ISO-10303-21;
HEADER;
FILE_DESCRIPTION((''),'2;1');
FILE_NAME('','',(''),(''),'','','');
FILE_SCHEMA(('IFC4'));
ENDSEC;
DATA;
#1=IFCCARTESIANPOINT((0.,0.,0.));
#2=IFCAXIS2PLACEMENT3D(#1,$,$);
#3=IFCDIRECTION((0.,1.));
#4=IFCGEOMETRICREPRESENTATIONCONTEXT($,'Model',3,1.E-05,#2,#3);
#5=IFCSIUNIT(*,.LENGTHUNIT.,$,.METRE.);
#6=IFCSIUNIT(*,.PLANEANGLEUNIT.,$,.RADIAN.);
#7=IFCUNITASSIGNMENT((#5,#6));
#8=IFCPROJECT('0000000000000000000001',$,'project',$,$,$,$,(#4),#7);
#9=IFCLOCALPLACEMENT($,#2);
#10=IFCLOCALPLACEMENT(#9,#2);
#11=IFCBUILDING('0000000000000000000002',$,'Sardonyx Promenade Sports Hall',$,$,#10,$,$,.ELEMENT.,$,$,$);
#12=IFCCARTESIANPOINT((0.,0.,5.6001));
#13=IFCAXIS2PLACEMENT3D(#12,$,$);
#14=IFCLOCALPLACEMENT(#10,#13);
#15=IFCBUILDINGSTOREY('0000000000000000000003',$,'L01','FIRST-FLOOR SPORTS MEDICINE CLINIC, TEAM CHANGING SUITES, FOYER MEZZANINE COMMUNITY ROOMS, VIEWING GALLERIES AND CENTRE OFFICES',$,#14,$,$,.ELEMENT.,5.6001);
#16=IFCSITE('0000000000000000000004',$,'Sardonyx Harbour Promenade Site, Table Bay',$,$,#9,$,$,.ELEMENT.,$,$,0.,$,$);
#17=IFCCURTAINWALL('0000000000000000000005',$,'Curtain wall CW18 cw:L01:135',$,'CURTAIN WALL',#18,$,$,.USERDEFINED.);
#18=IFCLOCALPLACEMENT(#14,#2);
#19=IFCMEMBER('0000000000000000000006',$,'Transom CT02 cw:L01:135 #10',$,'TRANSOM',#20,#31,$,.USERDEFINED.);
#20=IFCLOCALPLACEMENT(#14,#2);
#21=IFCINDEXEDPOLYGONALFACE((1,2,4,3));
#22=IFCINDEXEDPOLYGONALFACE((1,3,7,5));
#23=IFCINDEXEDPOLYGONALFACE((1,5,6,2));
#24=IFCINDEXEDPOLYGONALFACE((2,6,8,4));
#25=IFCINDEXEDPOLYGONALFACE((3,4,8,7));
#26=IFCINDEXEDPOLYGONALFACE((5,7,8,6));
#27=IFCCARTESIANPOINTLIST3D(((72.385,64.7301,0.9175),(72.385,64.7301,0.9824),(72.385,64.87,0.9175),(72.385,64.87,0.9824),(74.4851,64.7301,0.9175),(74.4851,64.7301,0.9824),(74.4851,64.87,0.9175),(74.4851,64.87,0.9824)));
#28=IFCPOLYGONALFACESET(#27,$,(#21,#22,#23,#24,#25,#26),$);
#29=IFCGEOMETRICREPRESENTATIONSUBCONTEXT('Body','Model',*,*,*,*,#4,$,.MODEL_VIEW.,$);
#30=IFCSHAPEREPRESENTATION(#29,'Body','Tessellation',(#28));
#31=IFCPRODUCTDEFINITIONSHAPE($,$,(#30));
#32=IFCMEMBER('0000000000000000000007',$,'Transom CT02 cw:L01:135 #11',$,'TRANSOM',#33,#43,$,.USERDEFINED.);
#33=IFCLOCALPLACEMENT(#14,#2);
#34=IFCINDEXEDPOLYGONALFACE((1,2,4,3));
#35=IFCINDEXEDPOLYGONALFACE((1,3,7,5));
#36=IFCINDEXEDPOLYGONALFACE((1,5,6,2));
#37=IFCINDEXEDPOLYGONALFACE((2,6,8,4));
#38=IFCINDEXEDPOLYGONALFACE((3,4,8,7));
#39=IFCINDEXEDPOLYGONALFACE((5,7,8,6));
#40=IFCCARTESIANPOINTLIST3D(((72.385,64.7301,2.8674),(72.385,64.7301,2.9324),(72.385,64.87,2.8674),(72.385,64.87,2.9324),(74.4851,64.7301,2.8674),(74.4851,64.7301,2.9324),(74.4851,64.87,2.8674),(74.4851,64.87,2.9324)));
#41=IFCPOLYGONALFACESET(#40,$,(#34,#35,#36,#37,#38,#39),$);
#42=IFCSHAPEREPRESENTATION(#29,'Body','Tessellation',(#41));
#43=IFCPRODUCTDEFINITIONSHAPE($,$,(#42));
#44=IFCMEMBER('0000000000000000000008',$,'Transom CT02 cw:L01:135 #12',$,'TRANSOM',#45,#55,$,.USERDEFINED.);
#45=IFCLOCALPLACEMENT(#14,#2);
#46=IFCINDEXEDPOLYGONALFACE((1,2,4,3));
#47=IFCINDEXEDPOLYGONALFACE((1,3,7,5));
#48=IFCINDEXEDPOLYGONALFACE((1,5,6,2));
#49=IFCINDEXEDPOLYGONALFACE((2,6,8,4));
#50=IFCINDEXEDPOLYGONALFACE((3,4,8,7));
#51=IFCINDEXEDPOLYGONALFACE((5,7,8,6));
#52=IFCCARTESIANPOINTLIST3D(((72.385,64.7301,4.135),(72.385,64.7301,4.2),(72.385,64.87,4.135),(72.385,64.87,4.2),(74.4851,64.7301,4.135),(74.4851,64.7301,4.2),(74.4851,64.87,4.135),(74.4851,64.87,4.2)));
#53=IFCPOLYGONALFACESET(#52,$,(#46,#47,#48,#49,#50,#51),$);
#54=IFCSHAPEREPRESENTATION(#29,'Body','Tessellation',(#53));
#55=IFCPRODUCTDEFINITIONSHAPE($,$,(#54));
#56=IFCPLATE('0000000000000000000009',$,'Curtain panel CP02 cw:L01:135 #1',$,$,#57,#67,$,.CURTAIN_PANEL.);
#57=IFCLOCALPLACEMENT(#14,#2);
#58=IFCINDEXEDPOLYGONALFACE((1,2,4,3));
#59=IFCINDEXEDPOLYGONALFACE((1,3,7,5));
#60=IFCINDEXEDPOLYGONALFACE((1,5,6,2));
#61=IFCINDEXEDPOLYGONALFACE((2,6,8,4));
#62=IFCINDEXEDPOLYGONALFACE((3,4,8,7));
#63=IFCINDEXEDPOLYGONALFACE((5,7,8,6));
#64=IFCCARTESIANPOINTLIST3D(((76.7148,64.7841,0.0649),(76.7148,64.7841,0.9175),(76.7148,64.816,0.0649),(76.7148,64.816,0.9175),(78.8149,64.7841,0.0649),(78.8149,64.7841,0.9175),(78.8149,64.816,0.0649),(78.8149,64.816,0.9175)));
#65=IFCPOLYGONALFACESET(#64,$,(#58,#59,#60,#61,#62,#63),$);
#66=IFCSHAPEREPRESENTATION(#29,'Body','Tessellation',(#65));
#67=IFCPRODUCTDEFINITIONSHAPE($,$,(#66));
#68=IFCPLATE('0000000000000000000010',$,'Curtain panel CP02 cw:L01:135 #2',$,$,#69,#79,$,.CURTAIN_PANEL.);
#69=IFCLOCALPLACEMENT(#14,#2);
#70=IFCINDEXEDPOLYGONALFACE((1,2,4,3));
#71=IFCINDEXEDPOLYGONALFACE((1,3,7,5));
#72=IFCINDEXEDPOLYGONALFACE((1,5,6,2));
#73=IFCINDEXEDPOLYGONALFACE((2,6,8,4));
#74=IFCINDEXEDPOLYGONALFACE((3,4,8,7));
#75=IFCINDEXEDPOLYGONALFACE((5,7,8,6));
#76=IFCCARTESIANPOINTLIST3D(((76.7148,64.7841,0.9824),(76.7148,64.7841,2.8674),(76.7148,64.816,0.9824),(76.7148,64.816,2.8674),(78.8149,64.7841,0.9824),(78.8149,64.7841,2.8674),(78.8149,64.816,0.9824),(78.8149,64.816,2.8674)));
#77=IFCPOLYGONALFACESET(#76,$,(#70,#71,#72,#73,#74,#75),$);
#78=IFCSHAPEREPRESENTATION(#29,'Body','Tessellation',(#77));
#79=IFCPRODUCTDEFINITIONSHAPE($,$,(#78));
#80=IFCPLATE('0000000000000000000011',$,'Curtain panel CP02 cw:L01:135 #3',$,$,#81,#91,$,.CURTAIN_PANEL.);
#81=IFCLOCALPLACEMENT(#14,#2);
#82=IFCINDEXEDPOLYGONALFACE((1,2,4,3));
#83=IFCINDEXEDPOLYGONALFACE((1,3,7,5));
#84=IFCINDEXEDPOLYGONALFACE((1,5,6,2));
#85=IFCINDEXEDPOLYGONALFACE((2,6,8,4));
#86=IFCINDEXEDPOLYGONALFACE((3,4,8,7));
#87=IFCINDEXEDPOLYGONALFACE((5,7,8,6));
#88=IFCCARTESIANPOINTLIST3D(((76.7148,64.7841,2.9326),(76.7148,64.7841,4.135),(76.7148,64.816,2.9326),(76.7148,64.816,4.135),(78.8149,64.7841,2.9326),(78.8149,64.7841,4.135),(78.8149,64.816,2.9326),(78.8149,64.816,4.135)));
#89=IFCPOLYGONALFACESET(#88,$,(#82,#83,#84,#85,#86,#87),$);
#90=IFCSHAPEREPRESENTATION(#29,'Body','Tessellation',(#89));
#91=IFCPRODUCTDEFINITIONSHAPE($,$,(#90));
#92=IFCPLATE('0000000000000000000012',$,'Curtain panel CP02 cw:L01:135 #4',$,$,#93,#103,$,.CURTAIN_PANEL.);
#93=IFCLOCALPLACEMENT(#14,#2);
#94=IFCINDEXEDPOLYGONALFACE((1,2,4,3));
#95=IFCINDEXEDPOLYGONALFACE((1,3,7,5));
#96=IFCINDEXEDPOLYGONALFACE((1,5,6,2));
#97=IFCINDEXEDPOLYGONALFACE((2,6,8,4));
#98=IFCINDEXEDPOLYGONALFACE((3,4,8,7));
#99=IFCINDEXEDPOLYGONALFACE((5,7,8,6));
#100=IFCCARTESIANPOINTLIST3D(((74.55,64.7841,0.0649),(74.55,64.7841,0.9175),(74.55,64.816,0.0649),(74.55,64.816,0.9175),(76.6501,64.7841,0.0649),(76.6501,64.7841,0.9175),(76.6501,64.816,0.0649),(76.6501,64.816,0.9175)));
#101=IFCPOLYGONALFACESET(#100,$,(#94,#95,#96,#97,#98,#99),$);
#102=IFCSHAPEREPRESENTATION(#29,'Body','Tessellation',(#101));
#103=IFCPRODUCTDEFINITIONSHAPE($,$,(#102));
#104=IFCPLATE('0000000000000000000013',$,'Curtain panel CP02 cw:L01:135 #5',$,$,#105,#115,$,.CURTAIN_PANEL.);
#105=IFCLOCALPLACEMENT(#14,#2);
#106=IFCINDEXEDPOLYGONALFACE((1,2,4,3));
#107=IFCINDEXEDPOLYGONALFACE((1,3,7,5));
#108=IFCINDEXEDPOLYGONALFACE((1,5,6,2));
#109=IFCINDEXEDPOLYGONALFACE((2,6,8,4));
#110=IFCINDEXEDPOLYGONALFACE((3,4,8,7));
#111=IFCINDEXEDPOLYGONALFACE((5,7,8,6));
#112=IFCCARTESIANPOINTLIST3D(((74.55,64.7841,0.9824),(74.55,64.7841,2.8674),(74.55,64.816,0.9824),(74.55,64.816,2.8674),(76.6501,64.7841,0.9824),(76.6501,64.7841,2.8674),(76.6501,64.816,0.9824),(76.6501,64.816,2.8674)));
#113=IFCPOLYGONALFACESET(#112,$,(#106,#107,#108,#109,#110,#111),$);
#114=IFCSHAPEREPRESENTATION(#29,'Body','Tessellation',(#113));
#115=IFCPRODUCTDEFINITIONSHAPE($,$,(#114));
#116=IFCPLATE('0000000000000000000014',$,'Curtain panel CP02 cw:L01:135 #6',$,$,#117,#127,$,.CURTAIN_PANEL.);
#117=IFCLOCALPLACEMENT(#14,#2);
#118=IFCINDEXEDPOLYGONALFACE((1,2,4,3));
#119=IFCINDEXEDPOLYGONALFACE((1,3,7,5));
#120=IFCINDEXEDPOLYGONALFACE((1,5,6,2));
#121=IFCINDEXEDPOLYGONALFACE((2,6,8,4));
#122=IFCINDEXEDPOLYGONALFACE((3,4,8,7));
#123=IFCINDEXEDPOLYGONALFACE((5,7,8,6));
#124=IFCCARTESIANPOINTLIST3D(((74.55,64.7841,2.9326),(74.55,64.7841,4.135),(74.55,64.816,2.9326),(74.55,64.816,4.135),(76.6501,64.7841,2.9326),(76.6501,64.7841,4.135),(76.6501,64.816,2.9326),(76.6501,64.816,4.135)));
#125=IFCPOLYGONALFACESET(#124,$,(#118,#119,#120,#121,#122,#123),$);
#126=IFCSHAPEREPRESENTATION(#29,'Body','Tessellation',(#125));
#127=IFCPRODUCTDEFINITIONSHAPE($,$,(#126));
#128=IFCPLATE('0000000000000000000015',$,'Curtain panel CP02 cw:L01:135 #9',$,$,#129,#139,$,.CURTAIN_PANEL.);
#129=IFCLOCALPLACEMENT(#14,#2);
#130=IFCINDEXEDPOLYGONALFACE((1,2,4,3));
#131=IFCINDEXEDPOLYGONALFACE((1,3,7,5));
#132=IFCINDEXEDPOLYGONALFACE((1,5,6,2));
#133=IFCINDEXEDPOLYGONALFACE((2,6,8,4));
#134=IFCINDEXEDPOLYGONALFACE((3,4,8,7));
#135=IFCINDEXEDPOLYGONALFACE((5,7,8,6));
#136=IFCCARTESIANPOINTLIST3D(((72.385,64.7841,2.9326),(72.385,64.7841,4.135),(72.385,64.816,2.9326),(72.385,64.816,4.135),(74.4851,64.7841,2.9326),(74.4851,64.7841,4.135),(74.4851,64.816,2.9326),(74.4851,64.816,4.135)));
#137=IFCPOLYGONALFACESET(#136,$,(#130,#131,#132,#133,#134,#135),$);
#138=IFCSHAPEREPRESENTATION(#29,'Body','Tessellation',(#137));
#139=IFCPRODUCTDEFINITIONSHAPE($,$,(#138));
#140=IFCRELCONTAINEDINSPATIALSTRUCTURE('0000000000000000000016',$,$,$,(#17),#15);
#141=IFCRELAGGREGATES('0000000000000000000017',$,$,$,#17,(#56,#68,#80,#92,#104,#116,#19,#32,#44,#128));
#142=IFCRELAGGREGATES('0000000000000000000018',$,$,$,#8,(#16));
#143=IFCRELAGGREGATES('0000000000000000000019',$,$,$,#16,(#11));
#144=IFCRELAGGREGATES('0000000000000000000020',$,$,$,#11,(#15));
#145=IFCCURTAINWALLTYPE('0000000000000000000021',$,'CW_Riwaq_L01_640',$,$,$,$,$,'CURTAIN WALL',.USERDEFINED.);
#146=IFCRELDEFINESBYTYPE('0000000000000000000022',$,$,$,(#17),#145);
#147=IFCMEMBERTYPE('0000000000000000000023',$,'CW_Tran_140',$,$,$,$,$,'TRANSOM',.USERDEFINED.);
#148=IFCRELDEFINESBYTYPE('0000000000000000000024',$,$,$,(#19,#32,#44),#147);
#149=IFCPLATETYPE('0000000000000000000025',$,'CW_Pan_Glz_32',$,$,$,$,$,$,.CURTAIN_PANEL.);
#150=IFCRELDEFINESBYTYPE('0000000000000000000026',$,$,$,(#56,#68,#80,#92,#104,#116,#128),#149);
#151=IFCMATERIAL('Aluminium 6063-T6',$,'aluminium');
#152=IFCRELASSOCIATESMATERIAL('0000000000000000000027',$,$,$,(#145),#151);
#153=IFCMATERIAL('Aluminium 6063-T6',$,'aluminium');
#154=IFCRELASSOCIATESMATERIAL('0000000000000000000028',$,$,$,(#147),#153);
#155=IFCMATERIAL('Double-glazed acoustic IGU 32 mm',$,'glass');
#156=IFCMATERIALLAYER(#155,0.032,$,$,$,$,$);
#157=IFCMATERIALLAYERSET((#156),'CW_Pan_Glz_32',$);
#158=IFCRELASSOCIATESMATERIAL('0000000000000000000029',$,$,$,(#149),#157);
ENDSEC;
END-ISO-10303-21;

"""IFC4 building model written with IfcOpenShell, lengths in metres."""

from ifc_helpers import new_model, si_unit, direction, frame, origin, origin_2d, place, context, subcontext, project, spatial, rectangle, extrude, material, layer, layer_set, material_profile, profile_set, type_object, element, aggregate, save


model = new_model("IFC4")

# Units and contexts
model_context = context("Model", 3, precision=1e-05, world=origin(), true_north=direction((0.0, 1.0)))
body_context = subcontext(model_context, "Body", "Model", "MODEL_VIEW")
ifc_project = project(units=[si_unit("LENGTHUNIT", "METRE"), si_unit("PLANEANGLEUNIT", "RADIAN")], contexts=[model_context])

# Site, building, storey
site_placement = place(None, origin())
site = spatial("IfcSite", under=ifc_project, at=site_placement, Name="Sardonyx Harbour Promenade Site, Table Bay", CompositionType="ELEMENT", RefElevation=0.0)
building_placement = place(site_placement, origin())
building = spatial("IfcBuilding", under=site, at=building_placement, Name="Sardonyx Promenade Sports Hall", CompositionType="ELEMENT")
storey_placement = place(building_placement, frame((0.0, 0.0, 5.6001)))
storey = spatial("IfcBuildingStorey", under=building, at=storey_placement, Name="L01", Description="FIRST-FLOOR SPORTS MEDICINE CLINIC, TEAM CHANGING SUITES, FOYER MEZZANINE COMMUNITY ROOMS, VIEWING GALLERIES AND CENTRE OFFICES", CompositionType="ELEMENT", Elevation=5.6001)

# Curtain wall
ifc_material_1 = material(Name="Aluminium 6063-T6", Category="aluminium")
curtain_wall_type = type_object("IfcCurtainWallType", Name="CW_Riwaq_L01_640", ElementType="CURTAIN WALL", PredefinedType="USERDEFINED", material=ifc_material_1)
curtain_wall_1_placement = place(storey_placement, origin())
curtain_wall_1 = element("IfcCurtainWall", 1, at=curtain_wall_1_placement, inside=storey, type_object=curtain_wall_type, Name="Curtain wall CW18 cw:L01:135", ObjectType="CURTAIN WALL", PredefinedType="USERDEFINED")

# Members
ifc_material_2 = material(Name="Aluminium 6063-T6", Category="aluminium")
ifc_material_profile_1 = material_profile(ifc_material_2, rectangle(XDim=0.0649, YDim=0.1399, at=origin_2d()))
ifc_profile_set_1 = profile_set([ifc_material_profile_1], Name="Aluminium 6063-T6")
member_type_1 = type_object("IfcMemberType", Name="CW_Tran_140", ElementType="TRANSOM", PredefinedType="USERDEFINED", material=ifc_profile_set_1)
member_1_placement = place(storey_placement, frame((74.4851, 64.8, 0.95), z_axis=(-1.0, 0.0, 0.0), x_axis=(0.0, 0.0, 1.0)))
member_1 = element("IfcMember", 2, at=member_1_placement, type_object=member_type_1, Name="Transom CT02 cw:L01:135 #10", ObjectType="TRANSOM", PredefinedType="USERDEFINED", context=body_context, shape_type="SweptSolid", body=[
    extrude(rectangle(XDim=0.0649, YDim=0.1399, at=origin_2d()), origin(), (0.0, 0.0, 1.0), 2.1001),
])
member_2_placement = place(storey_placement, frame((74.4851, 64.8, 2.8999), z_axis=(-1.0, 0.0, 0.0), x_axis=(0.0, 0.0, 1.0)))
member_2 = element("IfcMember", 3, at=member_2_placement, type_object=member_type_1, Name="Transom CT02 cw:L01:135 #11", ObjectType="TRANSOM", PredefinedType="USERDEFINED", context=body_context, shape_type="SweptSolid", body=[
    extrude(rectangle(XDim=0.0649, YDim=0.1399, at=origin_2d()), origin(), (0.0, 0.0, 1.0), 2.1001),
])
member_3_placement = place(storey_placement, frame((74.4851, 64.8, 4.1675), z_axis=(-1.0, 0.0, 0.0), x_axis=(0.0, 0.0, 1.0)))
member_3 = element("IfcMember", 4, at=member_3_placement, type_object=member_type_1, Name="Transom CT02 cw:L01:135 #12", ObjectType="TRANSOM", PredefinedType="USERDEFINED", context=body_context, shape_type="SweptSolid", body=[
    extrude(rectangle(XDim=0.0649, YDim=0.1399, at=origin_2d()), origin(), (0.0, 0.0, 1.0), 2.1001),
])

# Plates
ifc_material_3 = material(Name="Double-glazed acoustic IGU 32 mm", Category="glass")
ifc_layer = layer(ifc_material_3, 0.032)
ifc_layer_set = layer_set([ifc_layer], Name="CW_Pan_Glz_32")
plate_type = type_object("IfcPlateType", Name="CW_Pan_Glz_32", PredefinedType="CURTAIN_PANEL", material=ifc_layer_set)
plate_1_placement = place(storey_placement, frame((77.7649, 64.8, 0.0649), z_axis=(0.0, 0.0, 1.0), x_axis=(-1.0, 0.0, 0.0)))
plate_1 = element("IfcPlate", 5, at=plate_1_placement, type_object=plate_type, Name="Curtain panel CP02 cw:L01:135 #1", PredefinedType="CURTAIN_PANEL", context=body_context, shape_type="SweptSolid", body=[
    extrude(rectangle(XDim=2.1001, YDim=0.032, at=origin_2d()), origin(), (0.0, 0.0, 1.0), 0.8525),
])
plate_2_placement = place(storey_placement, frame((77.7649, 64.8, 0.9824), z_axis=(0.0, 0.0, 1.0), x_axis=(-1.0, 0.0, 0.0)))
plate_2 = element("IfcPlate", 6, at=plate_2_placement, type_object=plate_type, Name="Curtain panel CP02 cw:L01:135 #2", PredefinedType="CURTAIN_PANEL", context=body_context, shape_type="SweptSolid", body=[
    extrude(rectangle(XDim=2.1001, YDim=0.032, at=origin_2d()), origin(), (0.0, 0.0, 1.0), 1.885),
])
plate_3_placement = place(storey_placement, frame((77.7649, 64.8, 2.9326), z_axis=(0.0, 0.0, 1.0), x_axis=(-1.0, 0.0, 0.0)))
plate_3 = element("IfcPlate", 7, at=plate_3_placement, type_object=plate_type, Name="Curtain panel CP02 cw:L01:135 #3", PredefinedType="CURTAIN_PANEL", context=body_context, shape_type="SweptSolid", body=[
    extrude(rectangle(XDim=2.1001, YDim=0.032, at=origin_2d()), origin(), (0.0, 0.0, 1.0), 1.2024),
])
plate_4_placement = place(storey_placement, frame((75.6001, 64.8, 0.0649), z_axis=(0.0, 0.0, 1.0), x_axis=(-1.0, 0.0, 0.0)))
plate_4 = element("IfcPlate", 8, at=plate_4_placement, type_object=plate_type, Name="Curtain panel CP02 cw:L01:135 #4", PredefinedType="CURTAIN_PANEL", context=body_context, shape_type="SweptSolid", body=[
    extrude(rectangle(XDim=2.1001, YDim=0.032, at=origin_2d()), origin(), (0.0, 0.0, 1.0), 0.8525),
])
plate_5_placement = place(storey_placement, frame((75.6001, 64.8, 0.9824), z_axis=(0.0, 0.0, 1.0), x_axis=(-1.0, 0.0, 0.0)))
plate_5 = element("IfcPlate", 9, at=plate_5_placement, type_object=plate_type, Name="Curtain panel CP02 cw:L01:135 #5", PredefinedType="CURTAIN_PANEL", context=body_context, shape_type="SweptSolid", body=[
    extrude(rectangle(XDim=2.1001, YDim=0.032, at=origin_2d()), origin(), (0.0, 0.0, 1.0), 1.885),
])
plate_6_placement = place(storey_placement, frame((75.6001, 64.8, 2.9326), z_axis=(0.0, 0.0, 1.0), x_axis=(-1.0, 0.0, 0.0)))
plate_6 = element("IfcPlate", 10, at=plate_6_placement, type_object=plate_type, Name="Curtain panel CP02 cw:L01:135 #6", PredefinedType="CURTAIN_PANEL", context=body_context, shape_type="SweptSolid", body=[
    extrude(rectangle(XDim=2.1001, YDim=0.032, at=origin_2d()), origin(), (0.0, 0.0, 1.0), 1.2024),
])
plate_7_placement = place(storey_placement, frame((73.4351, 64.8, 2.9326), z_axis=(0.0, 0.0, 1.0), x_axis=(-1.0, 0.0, 0.0)))
plate_7 = element("IfcPlate", 11, at=plate_7_placement, type_object=plate_type, Name="Curtain panel CP02 cw:L01:135 #9", PredefinedType="CURTAIN_PANEL", context=body_context, shape_type="SweptSolid", body=[
    extrude(rectangle(XDim=2.1001, YDim=0.032, at=origin_2d()), origin(), (0.0, 0.0, 1.0), 1.2024),
])
aggregate(curtain_wall_1, [plate_1, plate_2, plate_3, plate_4, plate_5, plate_6, member_1, member_2, member_3, plate_7])

save(model, "model.ifc")
